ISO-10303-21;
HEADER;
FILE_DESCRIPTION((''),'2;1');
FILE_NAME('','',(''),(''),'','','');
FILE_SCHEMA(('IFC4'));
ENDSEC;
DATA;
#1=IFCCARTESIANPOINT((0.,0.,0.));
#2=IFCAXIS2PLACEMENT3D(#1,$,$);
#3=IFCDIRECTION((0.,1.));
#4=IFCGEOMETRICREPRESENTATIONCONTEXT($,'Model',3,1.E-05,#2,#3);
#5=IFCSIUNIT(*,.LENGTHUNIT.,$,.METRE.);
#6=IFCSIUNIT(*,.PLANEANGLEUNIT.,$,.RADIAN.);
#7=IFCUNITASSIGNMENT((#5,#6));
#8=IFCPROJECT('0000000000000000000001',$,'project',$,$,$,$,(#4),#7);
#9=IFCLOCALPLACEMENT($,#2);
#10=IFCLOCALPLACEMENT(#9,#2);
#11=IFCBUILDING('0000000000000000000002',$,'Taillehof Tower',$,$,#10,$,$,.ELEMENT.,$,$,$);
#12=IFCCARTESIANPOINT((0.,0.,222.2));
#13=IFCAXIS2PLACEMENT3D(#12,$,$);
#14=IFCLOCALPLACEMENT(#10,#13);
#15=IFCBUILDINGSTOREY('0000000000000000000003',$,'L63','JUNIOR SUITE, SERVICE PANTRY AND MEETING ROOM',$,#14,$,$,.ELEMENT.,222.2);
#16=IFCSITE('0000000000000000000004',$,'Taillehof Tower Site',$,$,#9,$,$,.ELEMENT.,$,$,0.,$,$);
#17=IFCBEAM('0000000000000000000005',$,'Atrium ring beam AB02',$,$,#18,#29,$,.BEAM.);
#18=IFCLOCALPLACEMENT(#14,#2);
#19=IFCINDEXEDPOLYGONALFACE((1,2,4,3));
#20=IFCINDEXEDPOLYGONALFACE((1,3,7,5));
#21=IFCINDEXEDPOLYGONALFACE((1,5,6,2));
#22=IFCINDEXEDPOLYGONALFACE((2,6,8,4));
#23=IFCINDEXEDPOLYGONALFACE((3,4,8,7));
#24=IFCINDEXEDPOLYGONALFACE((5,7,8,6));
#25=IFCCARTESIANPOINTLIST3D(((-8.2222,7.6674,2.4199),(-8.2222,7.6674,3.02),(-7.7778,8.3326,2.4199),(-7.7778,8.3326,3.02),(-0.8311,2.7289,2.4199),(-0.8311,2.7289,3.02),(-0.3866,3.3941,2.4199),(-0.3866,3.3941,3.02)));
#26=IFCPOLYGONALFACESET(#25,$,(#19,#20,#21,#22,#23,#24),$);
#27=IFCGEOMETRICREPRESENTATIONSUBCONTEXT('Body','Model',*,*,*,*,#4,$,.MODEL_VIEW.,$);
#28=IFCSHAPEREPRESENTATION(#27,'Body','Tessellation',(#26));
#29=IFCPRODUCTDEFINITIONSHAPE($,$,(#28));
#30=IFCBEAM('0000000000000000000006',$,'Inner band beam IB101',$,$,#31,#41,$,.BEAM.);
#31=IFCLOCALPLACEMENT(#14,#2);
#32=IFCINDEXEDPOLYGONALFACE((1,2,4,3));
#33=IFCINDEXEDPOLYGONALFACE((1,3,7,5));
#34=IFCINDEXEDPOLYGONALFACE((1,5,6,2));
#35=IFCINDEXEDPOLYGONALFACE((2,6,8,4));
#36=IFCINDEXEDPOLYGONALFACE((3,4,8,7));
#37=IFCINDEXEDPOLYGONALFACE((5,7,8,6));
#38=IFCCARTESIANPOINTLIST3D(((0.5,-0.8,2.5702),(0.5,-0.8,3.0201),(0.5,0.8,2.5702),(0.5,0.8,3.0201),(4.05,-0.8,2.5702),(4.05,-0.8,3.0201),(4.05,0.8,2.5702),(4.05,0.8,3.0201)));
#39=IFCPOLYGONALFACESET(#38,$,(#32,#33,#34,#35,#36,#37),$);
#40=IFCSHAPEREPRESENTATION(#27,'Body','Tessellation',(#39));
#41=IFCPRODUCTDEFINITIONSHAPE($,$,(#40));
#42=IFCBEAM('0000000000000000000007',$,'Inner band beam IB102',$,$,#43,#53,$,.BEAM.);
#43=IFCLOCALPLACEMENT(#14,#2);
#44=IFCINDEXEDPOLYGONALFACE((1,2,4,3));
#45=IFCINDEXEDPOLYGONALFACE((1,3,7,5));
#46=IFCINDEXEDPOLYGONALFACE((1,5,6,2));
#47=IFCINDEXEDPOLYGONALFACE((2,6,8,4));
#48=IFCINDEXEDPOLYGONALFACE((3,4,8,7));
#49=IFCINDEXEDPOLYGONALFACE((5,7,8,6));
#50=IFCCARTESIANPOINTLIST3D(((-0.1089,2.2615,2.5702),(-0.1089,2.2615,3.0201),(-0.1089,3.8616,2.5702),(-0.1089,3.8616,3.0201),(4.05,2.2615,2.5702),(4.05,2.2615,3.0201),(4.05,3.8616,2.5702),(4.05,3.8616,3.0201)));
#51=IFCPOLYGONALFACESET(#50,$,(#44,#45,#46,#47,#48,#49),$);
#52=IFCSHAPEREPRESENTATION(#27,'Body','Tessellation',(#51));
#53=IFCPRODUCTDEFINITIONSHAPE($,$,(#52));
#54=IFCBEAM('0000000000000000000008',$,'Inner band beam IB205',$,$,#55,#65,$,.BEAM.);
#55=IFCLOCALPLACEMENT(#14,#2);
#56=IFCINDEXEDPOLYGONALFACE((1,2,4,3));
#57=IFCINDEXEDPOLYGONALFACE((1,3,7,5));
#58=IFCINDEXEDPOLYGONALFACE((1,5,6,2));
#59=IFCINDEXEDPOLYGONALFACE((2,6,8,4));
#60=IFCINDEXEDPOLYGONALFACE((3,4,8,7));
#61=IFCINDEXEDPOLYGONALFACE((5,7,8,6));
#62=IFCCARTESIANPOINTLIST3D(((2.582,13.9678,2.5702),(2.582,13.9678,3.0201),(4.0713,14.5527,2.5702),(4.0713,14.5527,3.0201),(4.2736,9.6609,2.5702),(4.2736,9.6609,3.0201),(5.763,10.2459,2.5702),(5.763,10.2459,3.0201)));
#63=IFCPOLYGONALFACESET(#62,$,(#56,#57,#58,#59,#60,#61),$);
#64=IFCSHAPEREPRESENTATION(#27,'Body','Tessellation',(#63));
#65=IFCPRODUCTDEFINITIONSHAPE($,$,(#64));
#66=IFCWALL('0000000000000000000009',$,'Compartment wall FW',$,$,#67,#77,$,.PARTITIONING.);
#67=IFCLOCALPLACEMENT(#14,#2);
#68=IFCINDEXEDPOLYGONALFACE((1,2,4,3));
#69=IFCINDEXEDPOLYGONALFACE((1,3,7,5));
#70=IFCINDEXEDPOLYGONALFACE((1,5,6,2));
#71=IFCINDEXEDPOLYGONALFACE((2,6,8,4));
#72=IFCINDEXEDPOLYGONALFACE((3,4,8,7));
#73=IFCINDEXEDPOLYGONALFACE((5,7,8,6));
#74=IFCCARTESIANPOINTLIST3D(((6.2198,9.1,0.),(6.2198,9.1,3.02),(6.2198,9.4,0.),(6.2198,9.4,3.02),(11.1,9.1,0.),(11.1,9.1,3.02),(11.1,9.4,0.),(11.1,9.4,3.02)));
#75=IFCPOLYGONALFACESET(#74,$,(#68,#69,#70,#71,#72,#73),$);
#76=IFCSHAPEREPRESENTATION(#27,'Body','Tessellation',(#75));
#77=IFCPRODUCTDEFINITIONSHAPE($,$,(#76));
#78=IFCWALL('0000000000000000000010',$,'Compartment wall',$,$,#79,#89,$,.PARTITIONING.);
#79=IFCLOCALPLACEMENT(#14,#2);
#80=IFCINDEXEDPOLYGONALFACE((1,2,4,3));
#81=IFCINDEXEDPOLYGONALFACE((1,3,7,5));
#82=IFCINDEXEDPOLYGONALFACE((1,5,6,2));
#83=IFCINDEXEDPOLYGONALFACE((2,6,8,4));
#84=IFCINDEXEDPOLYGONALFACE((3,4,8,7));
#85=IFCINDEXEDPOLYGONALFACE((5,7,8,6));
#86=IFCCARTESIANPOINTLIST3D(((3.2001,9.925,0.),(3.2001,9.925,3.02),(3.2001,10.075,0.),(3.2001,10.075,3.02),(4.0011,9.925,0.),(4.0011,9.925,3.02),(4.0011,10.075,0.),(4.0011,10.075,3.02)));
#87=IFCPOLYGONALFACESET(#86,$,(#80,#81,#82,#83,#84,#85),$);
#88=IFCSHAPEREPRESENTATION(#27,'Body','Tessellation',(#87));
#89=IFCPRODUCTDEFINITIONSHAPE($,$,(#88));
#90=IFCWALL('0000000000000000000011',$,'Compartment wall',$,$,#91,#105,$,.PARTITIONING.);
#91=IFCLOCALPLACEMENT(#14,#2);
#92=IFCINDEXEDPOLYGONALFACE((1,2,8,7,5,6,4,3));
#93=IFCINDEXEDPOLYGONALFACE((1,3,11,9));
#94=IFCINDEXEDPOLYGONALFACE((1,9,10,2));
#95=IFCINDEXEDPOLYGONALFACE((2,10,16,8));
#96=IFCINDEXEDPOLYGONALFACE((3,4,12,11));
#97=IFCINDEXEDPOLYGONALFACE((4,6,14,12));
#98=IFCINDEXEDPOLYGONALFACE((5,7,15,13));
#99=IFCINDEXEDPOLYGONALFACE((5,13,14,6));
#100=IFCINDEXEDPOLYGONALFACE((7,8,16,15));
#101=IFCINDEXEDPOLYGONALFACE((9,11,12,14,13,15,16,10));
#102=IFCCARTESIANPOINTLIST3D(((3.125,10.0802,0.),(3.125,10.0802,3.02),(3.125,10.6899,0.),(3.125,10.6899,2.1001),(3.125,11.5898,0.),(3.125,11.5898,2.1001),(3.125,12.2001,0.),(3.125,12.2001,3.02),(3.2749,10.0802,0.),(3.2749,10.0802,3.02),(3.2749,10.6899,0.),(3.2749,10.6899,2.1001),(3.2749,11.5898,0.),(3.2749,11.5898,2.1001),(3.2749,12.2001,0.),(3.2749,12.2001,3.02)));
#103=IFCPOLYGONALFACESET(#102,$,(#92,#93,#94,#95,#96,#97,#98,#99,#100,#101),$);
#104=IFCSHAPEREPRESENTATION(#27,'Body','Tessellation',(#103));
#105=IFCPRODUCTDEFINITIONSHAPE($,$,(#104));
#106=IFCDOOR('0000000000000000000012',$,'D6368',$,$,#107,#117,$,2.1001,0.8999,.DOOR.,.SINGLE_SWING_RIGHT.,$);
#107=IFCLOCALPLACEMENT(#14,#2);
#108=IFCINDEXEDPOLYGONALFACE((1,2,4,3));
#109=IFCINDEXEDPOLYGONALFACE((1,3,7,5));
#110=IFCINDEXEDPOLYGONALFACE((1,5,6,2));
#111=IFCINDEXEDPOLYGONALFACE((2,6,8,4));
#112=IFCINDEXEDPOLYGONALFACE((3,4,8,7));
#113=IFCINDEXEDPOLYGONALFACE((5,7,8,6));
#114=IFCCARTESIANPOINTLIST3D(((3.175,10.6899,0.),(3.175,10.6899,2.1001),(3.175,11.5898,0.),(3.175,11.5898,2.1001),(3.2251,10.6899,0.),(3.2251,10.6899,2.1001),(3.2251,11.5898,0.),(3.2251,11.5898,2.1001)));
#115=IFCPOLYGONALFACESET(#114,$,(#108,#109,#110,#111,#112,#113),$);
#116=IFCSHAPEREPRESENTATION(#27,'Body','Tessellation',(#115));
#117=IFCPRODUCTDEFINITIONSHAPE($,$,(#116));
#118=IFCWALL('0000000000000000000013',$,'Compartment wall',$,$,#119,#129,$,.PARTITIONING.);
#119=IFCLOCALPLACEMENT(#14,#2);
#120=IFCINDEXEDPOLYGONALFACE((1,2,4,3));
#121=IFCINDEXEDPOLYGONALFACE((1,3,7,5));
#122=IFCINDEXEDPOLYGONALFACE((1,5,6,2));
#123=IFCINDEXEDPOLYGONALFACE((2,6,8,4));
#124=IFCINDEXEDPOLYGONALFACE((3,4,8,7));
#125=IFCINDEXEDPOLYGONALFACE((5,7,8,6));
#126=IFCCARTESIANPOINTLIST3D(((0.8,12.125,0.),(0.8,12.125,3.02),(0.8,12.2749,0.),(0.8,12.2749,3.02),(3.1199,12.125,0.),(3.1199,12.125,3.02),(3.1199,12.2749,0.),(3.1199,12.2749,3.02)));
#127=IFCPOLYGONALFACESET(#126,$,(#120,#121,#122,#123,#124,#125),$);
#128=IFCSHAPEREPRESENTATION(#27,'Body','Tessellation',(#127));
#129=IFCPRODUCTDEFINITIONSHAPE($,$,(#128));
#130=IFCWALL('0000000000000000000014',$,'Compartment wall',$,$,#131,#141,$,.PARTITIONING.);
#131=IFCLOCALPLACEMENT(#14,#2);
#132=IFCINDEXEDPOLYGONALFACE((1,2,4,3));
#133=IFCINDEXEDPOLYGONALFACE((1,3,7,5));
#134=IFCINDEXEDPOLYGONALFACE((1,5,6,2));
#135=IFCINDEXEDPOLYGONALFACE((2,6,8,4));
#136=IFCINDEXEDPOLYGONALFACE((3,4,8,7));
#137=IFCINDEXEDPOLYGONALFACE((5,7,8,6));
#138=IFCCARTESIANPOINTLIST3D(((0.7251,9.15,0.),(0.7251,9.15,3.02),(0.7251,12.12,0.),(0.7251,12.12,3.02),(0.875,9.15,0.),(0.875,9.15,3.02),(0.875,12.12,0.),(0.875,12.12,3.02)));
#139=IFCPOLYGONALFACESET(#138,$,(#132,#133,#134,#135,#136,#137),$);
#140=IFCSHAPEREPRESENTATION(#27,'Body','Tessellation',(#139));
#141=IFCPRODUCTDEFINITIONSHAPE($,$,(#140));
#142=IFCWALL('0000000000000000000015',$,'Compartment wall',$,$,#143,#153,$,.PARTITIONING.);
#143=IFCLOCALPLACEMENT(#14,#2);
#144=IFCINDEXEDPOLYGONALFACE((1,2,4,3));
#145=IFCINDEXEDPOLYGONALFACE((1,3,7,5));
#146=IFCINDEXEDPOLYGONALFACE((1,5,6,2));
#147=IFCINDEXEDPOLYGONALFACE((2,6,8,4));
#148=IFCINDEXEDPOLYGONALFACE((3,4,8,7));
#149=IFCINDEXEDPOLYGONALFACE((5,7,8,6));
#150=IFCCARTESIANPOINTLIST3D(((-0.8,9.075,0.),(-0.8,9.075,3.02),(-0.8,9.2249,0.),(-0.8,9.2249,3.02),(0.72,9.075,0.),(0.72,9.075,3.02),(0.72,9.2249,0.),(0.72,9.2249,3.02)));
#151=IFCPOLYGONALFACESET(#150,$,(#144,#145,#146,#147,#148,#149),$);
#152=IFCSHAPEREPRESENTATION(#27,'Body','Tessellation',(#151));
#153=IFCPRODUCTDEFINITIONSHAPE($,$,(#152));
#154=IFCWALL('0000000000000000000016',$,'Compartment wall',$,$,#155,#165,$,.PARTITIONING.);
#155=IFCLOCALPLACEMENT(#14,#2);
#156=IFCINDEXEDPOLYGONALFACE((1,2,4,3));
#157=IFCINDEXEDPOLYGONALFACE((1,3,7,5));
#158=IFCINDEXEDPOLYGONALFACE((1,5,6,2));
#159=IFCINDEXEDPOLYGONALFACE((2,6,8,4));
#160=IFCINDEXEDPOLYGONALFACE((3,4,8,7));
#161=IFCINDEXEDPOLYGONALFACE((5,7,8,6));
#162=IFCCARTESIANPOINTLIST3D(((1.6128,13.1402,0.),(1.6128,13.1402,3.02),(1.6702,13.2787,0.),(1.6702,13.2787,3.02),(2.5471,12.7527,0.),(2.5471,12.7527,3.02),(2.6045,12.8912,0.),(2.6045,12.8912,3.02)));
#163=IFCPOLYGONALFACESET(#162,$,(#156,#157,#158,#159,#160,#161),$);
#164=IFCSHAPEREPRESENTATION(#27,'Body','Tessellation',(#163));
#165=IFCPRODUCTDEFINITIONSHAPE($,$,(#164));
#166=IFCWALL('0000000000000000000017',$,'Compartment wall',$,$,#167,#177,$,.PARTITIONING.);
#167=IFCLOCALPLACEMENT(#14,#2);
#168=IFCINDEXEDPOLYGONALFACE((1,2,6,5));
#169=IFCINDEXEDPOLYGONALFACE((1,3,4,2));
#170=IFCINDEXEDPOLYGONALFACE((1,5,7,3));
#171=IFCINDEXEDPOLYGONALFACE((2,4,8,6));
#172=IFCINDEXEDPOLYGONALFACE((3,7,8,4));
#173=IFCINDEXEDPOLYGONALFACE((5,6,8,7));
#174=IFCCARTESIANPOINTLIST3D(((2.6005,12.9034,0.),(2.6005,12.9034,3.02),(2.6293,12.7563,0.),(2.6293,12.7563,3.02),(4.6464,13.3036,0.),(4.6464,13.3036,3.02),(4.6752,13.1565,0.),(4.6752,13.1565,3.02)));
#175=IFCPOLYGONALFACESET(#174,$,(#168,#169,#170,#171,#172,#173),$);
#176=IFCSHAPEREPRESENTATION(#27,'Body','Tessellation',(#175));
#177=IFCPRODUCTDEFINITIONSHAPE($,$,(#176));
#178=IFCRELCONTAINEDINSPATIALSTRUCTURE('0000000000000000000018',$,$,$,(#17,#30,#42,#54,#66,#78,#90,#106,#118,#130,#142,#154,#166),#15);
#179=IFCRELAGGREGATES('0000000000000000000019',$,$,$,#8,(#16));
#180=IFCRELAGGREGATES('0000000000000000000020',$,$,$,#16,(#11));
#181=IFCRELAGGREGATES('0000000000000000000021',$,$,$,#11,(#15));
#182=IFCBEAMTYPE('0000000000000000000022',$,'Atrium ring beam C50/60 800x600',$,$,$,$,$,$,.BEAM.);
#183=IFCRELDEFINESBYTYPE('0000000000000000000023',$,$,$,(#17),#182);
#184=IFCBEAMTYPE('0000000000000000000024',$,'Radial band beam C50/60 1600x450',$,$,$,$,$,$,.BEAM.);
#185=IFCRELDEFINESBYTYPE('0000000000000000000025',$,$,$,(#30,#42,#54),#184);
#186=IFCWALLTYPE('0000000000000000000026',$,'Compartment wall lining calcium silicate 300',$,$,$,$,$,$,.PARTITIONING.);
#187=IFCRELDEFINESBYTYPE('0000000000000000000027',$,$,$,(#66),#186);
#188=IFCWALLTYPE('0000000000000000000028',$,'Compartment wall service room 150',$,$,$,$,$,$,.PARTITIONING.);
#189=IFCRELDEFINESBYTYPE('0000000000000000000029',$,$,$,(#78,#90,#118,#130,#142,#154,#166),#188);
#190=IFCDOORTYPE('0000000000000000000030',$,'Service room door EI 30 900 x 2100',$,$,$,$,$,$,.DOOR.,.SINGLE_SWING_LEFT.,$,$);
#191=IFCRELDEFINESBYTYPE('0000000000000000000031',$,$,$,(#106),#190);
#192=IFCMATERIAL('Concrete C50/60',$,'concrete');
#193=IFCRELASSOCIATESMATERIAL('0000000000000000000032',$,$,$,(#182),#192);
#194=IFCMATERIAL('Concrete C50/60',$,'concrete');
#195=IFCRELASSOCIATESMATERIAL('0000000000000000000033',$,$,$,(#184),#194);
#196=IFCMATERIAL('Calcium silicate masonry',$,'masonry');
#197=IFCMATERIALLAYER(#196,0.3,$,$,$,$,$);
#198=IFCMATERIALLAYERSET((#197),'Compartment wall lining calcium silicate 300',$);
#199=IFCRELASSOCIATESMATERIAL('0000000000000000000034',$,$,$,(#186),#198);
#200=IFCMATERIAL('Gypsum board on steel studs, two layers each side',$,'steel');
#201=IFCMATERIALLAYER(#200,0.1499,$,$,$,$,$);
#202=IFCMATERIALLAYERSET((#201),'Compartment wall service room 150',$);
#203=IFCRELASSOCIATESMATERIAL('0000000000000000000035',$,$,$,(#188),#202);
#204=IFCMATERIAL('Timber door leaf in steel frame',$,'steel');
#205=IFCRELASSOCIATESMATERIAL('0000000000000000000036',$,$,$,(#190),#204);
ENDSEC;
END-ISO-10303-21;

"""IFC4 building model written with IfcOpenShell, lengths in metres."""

from ifc_helpers import new_model, si_unit, direction, frame, frame_2d, origin, origin_2d, place, context, subcontext, project, spatial, rectangle, extrude, material, layer, layer_set, material_profile, profile_set, type_object, element, fill, save


model = new_model("IFC4")

# Units and contexts
model_context = context("Model", 3, precision=1e-05, world=origin(), true_north=direction((0.0, 1.0)))
body_context = subcontext(model_context, "Body", "Model", "MODEL_VIEW")
ifc_project = project(units=[si_unit("LENGTHUNIT", "METRE"), si_unit("PLANEANGLEUNIT", "RADIAN")], contexts=[model_context])

# Site, building, storey
site_placement = place(None, origin())
site = spatial("IfcSite", under=ifc_project, at=site_placement, Name="Taillehof Tower Site", CompositionType="ELEMENT", RefElevation=0.0)
building_placement = place(site_placement, origin())
building = spatial("IfcBuilding", under=site, at=building_placement, Name="Taillehof Tower", CompositionType="ELEMENT")
storey_placement = place(building_placement, frame((0.0, 0.0, 222.2)))
storey = spatial("IfcBuildingStorey", under=building, at=storey_placement, Name="L63", Description="JUNIOR SUITE, SERVICE PANTRY AND MEETING ROOM", CompositionType="ELEMENT", Elevation=222.2)

# Beams
ifc_material_1 = material(Name="Concrete C50/60", Category="concrete")
ifc_material_profile_1 = material_profile(ifc_material_1, rectangle(XDim=0.8, YDim=0.6001, at=origin_2d()), Name="RC 800x600")
ifc_profile_set_1 = profile_set([ifc_material_profile_1], Name="Concrete C50/60")
beam_type_1 = type_object("IfcBeamType", Name="Atrium ring beam C50/60 800x600", PredefinedType="BEAM", material=ifc_profile_set_1)
beam_1_placement = place(storey_placement, frame((-0.6089, 3.0615, 2.72), z_axis=(-0.831475, 0.555562, 0.0), x_axis=(-0.555562, -0.831475, 0.0)))
element("IfcBeam", 1, at=beam_1_placement, inside=storey, type_object=beam_type_1, Name="Atrium ring beam AB02", PredefinedType="BEAM", context=body_context, shape_type="SweptSolid", body=[
    extrude(rectangle(XDim=0.8, YDim=0.6001, at=origin_2d()), origin(), (0.0, 0.0, 1.0), 8.8892),
])
ifc_material_2 = material(Name="Concrete C50/60", Category="concrete")
ifc_material_profile_2 = material_profile(ifc_material_2, rectangle(XDim=1.6001, YDim=0.45, at=origin_2d()), Name="RC 1600x450")
ifc_profile_set_2 = profile_set([ifc_material_profile_2], Name="Concrete C50/60")
beam_type_2 = type_object("IfcBeamType", Name="Radial band beam C50/60 1600x450", PredefinedType="BEAM", material=ifc_profile_set_2)
beam_2_placement = place(storey_placement, frame((0.5, 0.0, 2.7952), z_axis=(1.0, 0.0, 0.0), x_axis=(0.0, 1.0, 0.0)))
element("IfcBeam", 2, at=beam_2_placement, inside=storey, type_object=beam_type_2, Name="Inner band beam IB101", PredefinedType="BEAM", context=body_context, shape_type="SweptSolid", body=[
    extrude(rectangle(XDim=1.6001, YDim=0.45, at=origin_2d()), origin(), (0.0, 0.0, 1.0), 3.55),
])
beam_3_placement = place(storey_placement, frame((-0.1089, 3.0615, 2.7952), z_axis=(1.0, 0.0, 0.0), x_axis=(0.0, 1.0, 0.0)))
element("IfcBeam", 3, at=beam_3_placement, inside=storey, type_object=beam_type_2, Name="Inner band beam IB102", PredefinedType="BEAM", context=body_context, shape_type="SweptSolid", body=[
    extrude(rectangle(XDim=1.6001, YDim=0.45, at=origin_2d()), origin(), (0.0, 0.0, 1.0), 4.1589),
])
beam_4_placement = place(storey_placement, frame((3.3267, 14.2603, 2.7952), z_axis=(0.365589, -0.930777, 0.0), x_axis=(0.930777, 0.365589, 0.0)))
element("IfcBeam", 4, at=beam_4_placement, inside=storey, type_object=beam_type_2, Name="Inner band beam IB205", PredefinedType="BEAM", context=body_context, shape_type="SweptSolid", body=[
    extrude(rectangle(XDim=1.6001, YDim=0.45, at=origin_2d()), origin(), (0.0, 0.0, 1.0), 4.6272),
])

# Walls
ifc_material_3 = material(Name="Calcium silicate masonry", Category="masonry")
ifc_layer_1 = layer(ifc_material_3, 0.3)
ifc_layer_set_1 = layer_set([ifc_layer_1], Name="Compartment wall lining calcium silicate 300")
wall_type_1 = type_object("IfcWallType", Name="Compartment wall lining calcium silicate 300", PredefinedType="PARTITIONING", material=ifc_layer_set_1)
wall_1_placement = place(storey_placement, frame((6.22, 9.25, 0.0), z_axis=(0.0, 0.0, 1.0), x_axis=(1.0, 0.0, 0.0)))
element("IfcWall", 5, at=wall_1_placement, inside=storey, type_object=wall_type_1, Name="Compartment wall FW", PredefinedType="PARTITIONING", context=body_context, shape_type="SweptSolid", body=[
    extrude(rectangle(XDim=4.8801, YDim=0.3, at=frame_2d((2.4399, 0.0))), origin(), (0.0, 0.0, 1.0), 3.02),
])
ifc_material_4 = material(Name="Gypsum board on steel studs, two layers each side", Category="steel")
ifc_layer_2 = layer(ifc_material_4, 0.1499)
ifc_layer_set_2 = layer_set([ifc_layer_2], Name="Compartment wall service room 150")
wall_type_2 = type_object("IfcWallType", Name="Compartment wall service room 150", PredefinedType="PARTITIONING", material=ifc_layer_set_2)
wall_2_placement = place(storey_placement, frame((4.001, 10.0, 0.0), z_axis=(0.0, 0.0, 1.0), x_axis=(-1.0, 0.0, 0.0)))
element("IfcWall", 6, at=wall_2_placement, inside=storey, type_object=wall_type_2, Name="Compartment wall", PredefinedType="PARTITIONING", context=body_context, shape_type="SweptSolid", body=[
    extrude(rectangle(XDim=0.801, YDim=0.1499, at=frame_2d((0.4004, 0.0))), origin(), (0.0, 0.0, 1.0), 3.02),
])

# Wall, opening, door
wall_3_placement = place(storey_placement, frame((3.2, 10.0801, 0.0), z_axis=(0.0, 0.0, 1.0), x_axis=(0.0, 1.0, 0.0)))
wall_3 = element("IfcWall", 7, at=wall_3_placement, inside=storey, type_object=wall_type_2, Name="Compartment wall", PredefinedType="PARTITIONING", context=body_context, shape_type="SweptSolid", body=[
    extrude(rectangle(XDim=2.1199, YDim=0.1499, at=frame_2d((1.0601, 0.0))), origin(), (0.0, 0.0, 1.0), 3.02),
])
opening_1_placement = place(wall_3_placement, frame((0.6099, 0.0, 0.0)))
opening_1 = element("IfcOpeningElement", 8, at=opening_1_placement, cuts=wall_3, PredefinedType="OPENING", context=body_context, shape_type="SweptSolid", body=[
    extrude(rectangle(XDim=0.8999, YDim=2.1001, at=frame_2d((0.45, 1.05))), frame((0.0, 0.085, 0.0), z_axis=(0.0, -1.0, 0.0), x_axis=(1.0, 0.0, 0.0)), (0.0, 0.0, 1.0), 0.1699),
])
ifc_material_5 = material(Name="Timber door leaf in steel frame", Category="steel")
door_type_1 = type_object("IfcDoorType", Name="Service room door EI 30 900 x 2100", OperationType="SINGLE_SWING_LEFT", PredefinedType="DOOR", material=ifc_material_5)
door_1_placement = place(opening_1_placement, origin())
door_1 = element("IfcDoor", 9, at=door_1_placement, inside=storey, type_object=door_type_1, Name="D6368", OperationType="SINGLE_SWING_RIGHT", OverallHeight=2.1001, OverallWidth=0.8999, PredefinedType="DOOR", context=body_context, shape_type="SweptSolid", body=[
    extrude(rectangle(XDim=0.8999, YDim=2.1001, at=frame_2d((0.45, 1.05))), frame((0.0, 0.0249, 0.0), z_axis=(0.0, -1.0, 0.0), x_axis=(1.0, 0.0, 0.0)), (0.0, 0.0, 1.0), 0.05),
])
fill(opening_1, door_1)

# Walls
wall_4_placement = place(storey_placement, frame((3.1199, 12.2, 0.0), z_axis=(0.0, 0.0, 1.0), x_axis=(-1.0, 0.0, 0.0)))
element("IfcWall", 10, at=wall_4_placement, inside=storey, type_object=wall_type_2, Name="Compartment wall", PredefinedType="PARTITIONING", context=body_context, shape_type="SweptSolid", body=[
    extrude(rectangle(XDim=2.3198, YDim=0.1499, at=frame_2d((1.1599, 0.0))), origin(), (0.0, 0.0, 1.0), 3.02),
])
wall_5_placement = place(storey_placement, frame((0.8, 12.1199, 0.0), z_axis=(0.0, 0.0, 1.0), x_axis=(0.0, -1.0, 0.0)))
element("IfcWall", 11, at=wall_5_placement, inside=storey, type_object=wall_type_2, Name="Compartment wall", PredefinedType="PARTITIONING", context=body_context, shape_type="SweptSolid", body=[
    extrude(rectangle(XDim=2.97, YDim=0.1499, at=frame_2d((1.4849, 0.0))), origin(), (0.0, 0.0, 1.0), 3.02),
])
wall_6_placement = place(storey_placement, frame((0.72, 9.1499, 0.0), z_axis=(0.0, 0.0, 1.0), x_axis=(-1.0, 0.0, 0.0)))
element("IfcWall", 12, at=wall_6_placement, inside=storey, type_object=wall_type_2, Name="Compartment wall", PredefinedType="PARTITIONING", context=body_context, shape_type="SweptSolid", body=[
    extrude(rectangle(XDim=1.52, YDim=0.1499, at=frame_2d((0.76, 0.0))), origin(), (0.0, 0.0, 1.0), 3.02),
])
wall_7_placement = place(storey_placement, frame((1.6414, 13.2095, 0.0), z_axis=(0.0, 0.0, 1.0), x_axis=(0.923725, -0.383055, 0.0)))
element("IfcWall", 13, at=wall_7_placement, inside=storey, type_object=wall_type_2, Name="Compartment wall", PredefinedType="PARTITIONING", context=body_context, shape_type="SweptSolid", body=[
    extrude(rectangle(XDim=1.0115, YDim=0.1499, at=frame_2d((0.5059, 0.0))), origin(), (0.0, 0.0, 1.0), 3.02),
])
wall_8_placement = place(storey_placement, frame((2.6147, 12.8298, 0.0), z_axis=(0.0, 0.0, 1.0), x_axis=(0.981405, 0.191948, 0.0)))
element("IfcWall", 14, at=wall_8_placement, inside=storey, type_object=wall_type_2, Name="Compartment wall", PredefinedType="PARTITIONING", context=body_context, shape_type="SweptSolid", body=[
    extrude(rectangle(XDim=2.0847, YDim=0.1499, at=frame_2d((1.0425, 0.0))), origin(), (0.0, 0.0, 1.0), 3.02),
])

save(model, "model.ifc")
